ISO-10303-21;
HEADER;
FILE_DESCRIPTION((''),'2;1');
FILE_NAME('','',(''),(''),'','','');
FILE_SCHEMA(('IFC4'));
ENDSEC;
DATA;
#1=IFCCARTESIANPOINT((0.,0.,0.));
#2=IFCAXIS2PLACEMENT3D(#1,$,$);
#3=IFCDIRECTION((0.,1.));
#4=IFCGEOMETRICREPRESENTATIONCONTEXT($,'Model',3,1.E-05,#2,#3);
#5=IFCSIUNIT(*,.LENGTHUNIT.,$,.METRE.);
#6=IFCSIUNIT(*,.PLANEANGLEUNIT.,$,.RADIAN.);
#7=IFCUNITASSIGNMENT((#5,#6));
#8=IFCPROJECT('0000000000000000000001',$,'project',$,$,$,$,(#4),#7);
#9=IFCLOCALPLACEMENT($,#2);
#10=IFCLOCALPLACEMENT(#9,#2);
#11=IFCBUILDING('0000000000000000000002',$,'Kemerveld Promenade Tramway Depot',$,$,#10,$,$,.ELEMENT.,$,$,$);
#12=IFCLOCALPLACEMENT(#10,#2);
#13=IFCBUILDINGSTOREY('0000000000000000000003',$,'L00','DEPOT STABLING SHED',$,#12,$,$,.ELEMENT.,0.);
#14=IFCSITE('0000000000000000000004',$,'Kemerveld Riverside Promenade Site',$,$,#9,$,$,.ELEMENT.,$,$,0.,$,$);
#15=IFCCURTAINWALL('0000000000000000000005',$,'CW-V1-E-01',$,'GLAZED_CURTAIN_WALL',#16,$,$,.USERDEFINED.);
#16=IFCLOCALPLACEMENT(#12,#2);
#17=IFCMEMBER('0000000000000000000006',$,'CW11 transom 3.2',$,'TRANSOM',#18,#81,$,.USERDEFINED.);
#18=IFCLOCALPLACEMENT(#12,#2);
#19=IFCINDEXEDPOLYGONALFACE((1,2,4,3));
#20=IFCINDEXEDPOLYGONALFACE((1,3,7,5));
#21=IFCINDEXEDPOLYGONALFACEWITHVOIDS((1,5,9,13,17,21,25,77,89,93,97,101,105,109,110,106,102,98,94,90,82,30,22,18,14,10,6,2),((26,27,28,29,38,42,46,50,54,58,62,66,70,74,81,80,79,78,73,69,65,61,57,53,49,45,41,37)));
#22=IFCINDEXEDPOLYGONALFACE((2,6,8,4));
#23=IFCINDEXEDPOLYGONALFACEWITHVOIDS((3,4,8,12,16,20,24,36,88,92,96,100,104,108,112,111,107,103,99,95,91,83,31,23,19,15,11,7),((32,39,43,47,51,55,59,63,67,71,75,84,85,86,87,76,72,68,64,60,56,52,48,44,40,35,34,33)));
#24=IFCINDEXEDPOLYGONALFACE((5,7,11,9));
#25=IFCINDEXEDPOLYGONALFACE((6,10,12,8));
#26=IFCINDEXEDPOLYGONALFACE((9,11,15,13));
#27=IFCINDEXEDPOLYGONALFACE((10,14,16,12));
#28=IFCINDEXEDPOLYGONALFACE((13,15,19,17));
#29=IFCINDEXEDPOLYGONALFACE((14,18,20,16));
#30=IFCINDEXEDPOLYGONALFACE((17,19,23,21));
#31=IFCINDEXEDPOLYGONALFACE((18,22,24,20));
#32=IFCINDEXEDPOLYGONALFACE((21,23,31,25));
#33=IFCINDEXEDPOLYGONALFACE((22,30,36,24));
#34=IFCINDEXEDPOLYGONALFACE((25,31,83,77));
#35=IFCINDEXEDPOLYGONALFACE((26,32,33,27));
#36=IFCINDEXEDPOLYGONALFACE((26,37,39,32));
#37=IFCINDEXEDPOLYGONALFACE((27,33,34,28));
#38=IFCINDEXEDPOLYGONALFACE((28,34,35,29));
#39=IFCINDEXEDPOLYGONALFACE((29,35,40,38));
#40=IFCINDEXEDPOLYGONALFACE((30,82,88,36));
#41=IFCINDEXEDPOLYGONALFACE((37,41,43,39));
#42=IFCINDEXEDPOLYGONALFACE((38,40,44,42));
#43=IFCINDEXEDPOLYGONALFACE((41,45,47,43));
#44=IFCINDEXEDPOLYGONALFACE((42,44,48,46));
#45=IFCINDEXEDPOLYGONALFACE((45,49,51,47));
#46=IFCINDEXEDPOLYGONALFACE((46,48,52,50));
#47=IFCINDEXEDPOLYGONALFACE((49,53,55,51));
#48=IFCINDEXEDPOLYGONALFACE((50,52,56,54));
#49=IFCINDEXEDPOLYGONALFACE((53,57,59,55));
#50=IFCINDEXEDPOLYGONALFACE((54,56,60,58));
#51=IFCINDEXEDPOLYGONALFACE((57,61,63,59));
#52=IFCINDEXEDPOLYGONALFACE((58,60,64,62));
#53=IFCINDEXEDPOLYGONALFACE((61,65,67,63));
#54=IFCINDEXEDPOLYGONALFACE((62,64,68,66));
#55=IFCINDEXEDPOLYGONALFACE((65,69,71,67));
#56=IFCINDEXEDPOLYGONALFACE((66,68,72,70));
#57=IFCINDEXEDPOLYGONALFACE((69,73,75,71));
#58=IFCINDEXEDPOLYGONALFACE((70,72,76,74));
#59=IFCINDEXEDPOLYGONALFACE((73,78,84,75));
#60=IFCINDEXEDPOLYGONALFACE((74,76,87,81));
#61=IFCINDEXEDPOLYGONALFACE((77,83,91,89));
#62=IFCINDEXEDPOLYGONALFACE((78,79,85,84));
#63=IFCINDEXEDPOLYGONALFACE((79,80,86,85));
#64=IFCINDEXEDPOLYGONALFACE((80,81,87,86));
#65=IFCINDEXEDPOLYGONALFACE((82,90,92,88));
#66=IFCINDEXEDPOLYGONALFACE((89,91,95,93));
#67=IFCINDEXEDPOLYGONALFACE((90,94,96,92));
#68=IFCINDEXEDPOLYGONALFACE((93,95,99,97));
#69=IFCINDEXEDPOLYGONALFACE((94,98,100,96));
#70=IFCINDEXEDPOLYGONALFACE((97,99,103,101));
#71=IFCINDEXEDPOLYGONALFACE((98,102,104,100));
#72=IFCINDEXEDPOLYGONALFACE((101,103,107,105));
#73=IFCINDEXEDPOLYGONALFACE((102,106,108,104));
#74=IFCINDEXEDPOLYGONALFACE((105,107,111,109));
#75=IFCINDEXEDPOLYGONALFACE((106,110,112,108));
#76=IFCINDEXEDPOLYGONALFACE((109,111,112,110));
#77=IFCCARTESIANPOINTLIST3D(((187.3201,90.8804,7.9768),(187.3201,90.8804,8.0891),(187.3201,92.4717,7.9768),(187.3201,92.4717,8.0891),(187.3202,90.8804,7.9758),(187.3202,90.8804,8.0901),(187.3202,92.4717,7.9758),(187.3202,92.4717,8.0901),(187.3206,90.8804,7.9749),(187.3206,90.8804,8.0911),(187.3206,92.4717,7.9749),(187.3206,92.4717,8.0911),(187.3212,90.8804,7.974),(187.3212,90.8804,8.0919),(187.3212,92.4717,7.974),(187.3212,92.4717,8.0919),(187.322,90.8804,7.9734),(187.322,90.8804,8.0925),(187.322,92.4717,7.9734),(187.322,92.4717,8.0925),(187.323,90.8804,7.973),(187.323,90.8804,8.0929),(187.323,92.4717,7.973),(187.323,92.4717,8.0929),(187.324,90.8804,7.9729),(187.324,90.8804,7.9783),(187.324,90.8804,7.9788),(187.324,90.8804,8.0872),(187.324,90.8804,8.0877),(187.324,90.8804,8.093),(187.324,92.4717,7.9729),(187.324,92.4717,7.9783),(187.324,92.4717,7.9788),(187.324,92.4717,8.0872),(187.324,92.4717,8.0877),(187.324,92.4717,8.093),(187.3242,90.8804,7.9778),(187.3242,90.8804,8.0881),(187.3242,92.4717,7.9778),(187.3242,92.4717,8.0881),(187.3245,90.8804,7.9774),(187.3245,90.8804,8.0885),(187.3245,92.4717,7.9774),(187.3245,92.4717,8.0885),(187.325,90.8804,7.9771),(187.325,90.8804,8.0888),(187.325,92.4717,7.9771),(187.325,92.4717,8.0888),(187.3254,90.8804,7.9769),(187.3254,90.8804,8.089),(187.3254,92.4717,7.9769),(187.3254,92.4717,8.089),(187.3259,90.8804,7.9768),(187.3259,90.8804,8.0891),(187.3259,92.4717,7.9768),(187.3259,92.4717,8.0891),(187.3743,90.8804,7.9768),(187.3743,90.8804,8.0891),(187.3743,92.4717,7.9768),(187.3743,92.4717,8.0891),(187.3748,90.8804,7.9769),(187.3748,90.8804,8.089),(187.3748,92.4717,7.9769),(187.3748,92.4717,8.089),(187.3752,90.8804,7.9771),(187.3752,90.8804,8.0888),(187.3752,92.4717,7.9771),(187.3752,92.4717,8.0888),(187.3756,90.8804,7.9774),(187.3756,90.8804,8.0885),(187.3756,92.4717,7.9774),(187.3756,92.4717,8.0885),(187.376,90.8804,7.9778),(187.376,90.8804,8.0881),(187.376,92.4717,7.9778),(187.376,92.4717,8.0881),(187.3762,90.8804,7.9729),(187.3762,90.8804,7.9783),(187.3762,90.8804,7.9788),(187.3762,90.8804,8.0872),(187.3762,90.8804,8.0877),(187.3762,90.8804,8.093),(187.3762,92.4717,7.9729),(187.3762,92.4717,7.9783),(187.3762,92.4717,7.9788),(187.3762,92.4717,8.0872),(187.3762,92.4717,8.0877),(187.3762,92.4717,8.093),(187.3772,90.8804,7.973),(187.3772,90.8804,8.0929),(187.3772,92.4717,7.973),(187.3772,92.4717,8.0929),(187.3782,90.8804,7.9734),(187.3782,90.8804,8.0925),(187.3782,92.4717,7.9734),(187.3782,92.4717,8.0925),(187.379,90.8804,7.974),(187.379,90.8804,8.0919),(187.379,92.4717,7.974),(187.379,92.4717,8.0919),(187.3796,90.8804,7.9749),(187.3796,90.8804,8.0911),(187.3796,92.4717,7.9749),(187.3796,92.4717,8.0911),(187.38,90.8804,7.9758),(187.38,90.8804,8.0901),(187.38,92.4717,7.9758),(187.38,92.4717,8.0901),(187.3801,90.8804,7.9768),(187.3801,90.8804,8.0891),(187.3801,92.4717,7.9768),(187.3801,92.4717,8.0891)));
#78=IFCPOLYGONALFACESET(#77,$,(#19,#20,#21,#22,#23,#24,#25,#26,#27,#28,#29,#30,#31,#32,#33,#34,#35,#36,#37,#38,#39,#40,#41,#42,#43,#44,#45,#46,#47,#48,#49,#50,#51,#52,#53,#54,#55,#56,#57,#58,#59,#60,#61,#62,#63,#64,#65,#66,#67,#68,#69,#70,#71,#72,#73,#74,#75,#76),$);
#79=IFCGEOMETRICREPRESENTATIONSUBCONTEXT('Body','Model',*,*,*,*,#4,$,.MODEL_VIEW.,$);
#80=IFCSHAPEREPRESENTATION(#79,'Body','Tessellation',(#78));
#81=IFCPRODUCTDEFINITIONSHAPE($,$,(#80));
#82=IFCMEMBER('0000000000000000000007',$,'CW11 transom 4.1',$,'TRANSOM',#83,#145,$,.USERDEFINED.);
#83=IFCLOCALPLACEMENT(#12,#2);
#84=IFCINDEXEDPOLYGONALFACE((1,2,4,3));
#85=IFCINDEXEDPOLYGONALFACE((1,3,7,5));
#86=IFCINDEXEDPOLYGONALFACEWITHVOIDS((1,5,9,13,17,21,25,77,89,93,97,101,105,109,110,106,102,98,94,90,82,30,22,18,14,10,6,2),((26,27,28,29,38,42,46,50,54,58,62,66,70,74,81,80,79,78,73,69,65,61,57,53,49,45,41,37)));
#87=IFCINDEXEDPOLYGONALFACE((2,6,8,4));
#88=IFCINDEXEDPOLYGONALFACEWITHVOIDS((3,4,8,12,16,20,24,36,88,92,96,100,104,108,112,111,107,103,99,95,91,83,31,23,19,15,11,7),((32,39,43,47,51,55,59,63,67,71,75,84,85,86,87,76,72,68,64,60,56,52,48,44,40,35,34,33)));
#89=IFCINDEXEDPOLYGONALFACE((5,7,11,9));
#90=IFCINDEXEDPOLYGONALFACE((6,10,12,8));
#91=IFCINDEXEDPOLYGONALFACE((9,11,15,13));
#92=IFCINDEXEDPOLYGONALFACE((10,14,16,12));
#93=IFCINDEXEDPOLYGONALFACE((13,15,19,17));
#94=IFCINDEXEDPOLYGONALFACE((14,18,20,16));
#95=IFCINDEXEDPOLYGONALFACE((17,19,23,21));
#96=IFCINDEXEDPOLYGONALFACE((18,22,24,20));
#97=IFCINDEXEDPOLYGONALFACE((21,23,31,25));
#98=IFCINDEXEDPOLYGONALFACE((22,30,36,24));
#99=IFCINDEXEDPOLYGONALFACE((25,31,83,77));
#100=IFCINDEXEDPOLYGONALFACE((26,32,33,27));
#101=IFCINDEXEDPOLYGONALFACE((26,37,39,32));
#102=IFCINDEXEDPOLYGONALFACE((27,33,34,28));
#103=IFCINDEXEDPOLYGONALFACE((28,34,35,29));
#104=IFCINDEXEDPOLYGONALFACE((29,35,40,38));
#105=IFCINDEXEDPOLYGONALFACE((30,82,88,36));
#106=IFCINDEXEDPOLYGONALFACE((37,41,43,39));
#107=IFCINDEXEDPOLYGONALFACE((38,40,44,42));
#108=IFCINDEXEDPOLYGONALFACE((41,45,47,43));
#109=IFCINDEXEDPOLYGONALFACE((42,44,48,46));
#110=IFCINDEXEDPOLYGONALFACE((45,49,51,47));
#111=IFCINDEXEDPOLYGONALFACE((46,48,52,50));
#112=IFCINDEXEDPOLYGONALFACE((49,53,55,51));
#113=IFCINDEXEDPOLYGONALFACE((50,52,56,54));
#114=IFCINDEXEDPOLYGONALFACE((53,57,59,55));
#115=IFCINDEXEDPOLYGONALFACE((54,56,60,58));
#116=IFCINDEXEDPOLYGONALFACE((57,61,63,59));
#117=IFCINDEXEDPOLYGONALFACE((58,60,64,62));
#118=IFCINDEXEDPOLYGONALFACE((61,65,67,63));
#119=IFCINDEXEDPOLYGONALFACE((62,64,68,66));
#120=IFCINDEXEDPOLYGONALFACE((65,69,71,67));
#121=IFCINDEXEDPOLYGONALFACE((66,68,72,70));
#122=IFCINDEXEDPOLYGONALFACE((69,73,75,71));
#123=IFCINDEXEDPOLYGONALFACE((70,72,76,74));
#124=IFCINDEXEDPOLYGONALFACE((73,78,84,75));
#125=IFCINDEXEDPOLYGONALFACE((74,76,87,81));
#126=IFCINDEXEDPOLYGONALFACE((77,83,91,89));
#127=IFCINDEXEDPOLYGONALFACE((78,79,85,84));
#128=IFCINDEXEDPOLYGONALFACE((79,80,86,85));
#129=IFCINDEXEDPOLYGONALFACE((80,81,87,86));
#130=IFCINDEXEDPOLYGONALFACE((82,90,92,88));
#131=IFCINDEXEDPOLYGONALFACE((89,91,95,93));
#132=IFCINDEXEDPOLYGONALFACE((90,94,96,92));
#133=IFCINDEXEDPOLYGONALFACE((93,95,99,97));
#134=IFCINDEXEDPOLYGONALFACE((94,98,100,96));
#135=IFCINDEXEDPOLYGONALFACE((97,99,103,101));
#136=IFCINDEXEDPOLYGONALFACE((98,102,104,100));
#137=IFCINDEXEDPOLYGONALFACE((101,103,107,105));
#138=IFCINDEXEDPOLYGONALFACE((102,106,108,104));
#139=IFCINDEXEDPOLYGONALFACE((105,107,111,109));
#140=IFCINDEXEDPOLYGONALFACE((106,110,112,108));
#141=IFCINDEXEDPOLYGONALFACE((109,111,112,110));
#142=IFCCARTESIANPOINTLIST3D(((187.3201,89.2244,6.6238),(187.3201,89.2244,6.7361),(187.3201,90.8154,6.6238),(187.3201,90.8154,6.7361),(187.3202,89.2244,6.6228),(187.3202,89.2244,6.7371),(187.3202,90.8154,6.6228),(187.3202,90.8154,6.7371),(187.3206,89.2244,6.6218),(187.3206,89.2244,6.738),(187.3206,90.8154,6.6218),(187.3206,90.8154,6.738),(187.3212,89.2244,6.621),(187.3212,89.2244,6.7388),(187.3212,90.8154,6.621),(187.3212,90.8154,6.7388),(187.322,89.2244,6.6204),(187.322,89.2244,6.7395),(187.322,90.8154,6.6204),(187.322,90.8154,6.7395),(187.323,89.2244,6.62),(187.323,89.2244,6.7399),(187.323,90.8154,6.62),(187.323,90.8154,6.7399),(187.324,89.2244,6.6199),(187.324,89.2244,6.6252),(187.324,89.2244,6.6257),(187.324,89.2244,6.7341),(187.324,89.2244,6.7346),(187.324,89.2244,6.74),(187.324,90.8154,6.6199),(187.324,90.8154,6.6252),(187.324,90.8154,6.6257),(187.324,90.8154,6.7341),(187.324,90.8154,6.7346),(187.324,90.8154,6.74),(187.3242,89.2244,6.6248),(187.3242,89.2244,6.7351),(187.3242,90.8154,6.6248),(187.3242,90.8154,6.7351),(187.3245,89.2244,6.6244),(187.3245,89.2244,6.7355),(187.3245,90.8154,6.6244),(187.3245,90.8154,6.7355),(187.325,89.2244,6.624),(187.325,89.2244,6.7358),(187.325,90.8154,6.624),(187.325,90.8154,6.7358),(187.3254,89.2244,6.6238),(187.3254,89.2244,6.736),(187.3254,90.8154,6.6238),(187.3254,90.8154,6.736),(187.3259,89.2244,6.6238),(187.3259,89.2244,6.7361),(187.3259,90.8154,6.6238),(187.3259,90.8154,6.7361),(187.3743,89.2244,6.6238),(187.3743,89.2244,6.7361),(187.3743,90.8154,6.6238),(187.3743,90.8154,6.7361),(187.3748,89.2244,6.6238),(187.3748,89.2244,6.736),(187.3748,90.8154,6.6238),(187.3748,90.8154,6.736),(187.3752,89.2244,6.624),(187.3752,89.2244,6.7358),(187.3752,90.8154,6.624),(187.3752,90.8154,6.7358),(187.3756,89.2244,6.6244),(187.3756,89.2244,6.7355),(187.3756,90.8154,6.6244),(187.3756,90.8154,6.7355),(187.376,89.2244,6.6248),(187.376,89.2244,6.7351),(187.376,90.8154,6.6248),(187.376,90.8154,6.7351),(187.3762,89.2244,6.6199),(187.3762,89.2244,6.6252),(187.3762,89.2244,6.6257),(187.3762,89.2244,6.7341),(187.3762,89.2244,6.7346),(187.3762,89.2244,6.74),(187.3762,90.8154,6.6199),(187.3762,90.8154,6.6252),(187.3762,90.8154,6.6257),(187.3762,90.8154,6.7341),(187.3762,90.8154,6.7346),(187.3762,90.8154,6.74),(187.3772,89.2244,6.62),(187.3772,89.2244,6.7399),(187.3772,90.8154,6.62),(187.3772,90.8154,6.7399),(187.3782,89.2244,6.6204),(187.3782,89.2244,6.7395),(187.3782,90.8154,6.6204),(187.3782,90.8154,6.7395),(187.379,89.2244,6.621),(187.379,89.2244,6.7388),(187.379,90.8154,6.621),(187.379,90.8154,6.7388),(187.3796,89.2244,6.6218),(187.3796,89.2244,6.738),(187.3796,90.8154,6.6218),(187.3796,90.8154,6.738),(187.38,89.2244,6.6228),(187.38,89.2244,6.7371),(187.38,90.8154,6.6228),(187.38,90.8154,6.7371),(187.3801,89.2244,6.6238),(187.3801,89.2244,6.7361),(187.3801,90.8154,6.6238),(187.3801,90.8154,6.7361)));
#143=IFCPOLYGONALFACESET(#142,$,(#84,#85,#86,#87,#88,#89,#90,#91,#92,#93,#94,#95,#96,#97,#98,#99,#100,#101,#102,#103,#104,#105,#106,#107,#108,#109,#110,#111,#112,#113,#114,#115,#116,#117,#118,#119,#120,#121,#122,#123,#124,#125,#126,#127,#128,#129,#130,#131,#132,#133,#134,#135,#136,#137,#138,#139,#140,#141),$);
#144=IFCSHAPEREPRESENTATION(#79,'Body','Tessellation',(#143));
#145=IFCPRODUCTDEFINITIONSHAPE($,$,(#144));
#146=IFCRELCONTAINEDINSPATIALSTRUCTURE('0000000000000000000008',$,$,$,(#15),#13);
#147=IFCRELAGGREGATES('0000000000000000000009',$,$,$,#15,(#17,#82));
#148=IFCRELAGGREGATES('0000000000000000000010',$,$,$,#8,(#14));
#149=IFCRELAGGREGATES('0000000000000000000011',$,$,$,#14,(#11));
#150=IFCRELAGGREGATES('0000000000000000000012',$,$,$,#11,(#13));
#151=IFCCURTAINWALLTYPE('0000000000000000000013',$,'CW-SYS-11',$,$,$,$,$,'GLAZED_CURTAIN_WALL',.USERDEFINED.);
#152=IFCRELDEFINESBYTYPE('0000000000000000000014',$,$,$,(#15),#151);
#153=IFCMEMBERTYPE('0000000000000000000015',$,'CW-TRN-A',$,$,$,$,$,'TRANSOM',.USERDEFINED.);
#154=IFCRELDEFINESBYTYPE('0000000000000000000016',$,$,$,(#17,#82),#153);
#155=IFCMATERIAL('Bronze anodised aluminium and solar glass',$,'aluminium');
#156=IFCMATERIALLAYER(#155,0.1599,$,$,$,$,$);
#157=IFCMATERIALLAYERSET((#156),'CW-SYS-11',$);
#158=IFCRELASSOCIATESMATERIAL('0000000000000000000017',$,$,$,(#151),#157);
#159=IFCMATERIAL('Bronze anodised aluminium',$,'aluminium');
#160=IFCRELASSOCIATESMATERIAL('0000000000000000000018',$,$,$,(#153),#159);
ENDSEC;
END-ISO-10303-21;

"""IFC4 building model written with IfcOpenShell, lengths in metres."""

from ifc_helpers import new_model, si_unit, direction, frame, origin, origin_2d, place, context, subcontext, project, spatial, hollow_rectangle, extrude, material, layer, layer_set, material_profile, profile_set, type_object, element, aggregate, save


model = new_model("IFC4")

# Units and contexts
model_context = context("Model", 3, precision=1e-05, world=origin(), true_north=direction((0.0, 1.0)))
body_context = subcontext(model_context, "Body", "Model", "MODEL_VIEW")
ifc_project = project(units=[si_unit("LENGTHUNIT", "METRE"), si_unit("PLANEANGLEUNIT", "RADIAN")], contexts=[model_context])

# Site, building, storey
site_placement = place(None, origin())
site = spatial("IfcSite", under=ifc_project, at=site_placement, Name="Kemerveld Riverside Promenade Site", CompositionType="ELEMENT", RefElevation=0.0)
building_placement = place(site_placement, origin())
building = spatial("IfcBuilding", under=site, at=building_placement, Name="Kemerveld Promenade Tramway Depot", CompositionType="ELEMENT")
storey_placement = place(building_placement, origin())
storey = spatial("IfcBuildingStorey", under=building, at=storey_placement, Name="L00", Description="DEPOT STABLING SHED", CompositionType="ELEMENT", Elevation=0.0)

# Curtain wall, members
ifc_material_1 = material(Name="Bronze anodised aluminium and solar glass", Category="aluminium")
ifc_layer_1 = layer(ifc_material_1, 0.1599)
ifc_layer_set_1 = layer_set([ifc_layer_1], Name="CW-SYS-11")
curtain_wall_type = type_object("IfcCurtainWallType", Name="CW-SYS-11", ElementType="GLAZED_CURTAIN_WALL", PredefinedType="USERDEFINED", material=ifc_layer_set_1)
curtain_wall_placement = place(storey_placement, origin())
curtain_wall = element("IfcCurtainWall", 1, at=curtain_wall_placement, inside=storey, type_object=curtain_wall_type, Name="CW-V1-E-01", ObjectType="GLAZED_CURTAIN_WALL", PredefinedType="USERDEFINED")
ifc_material_2 = material(Name="Bronze anodised aluminium", Category="aluminium")
ifc_material_profile_1 = material_profile(ifc_material_2, hollow_rectangle(XDim=0.0601, YDim=0.1201, WallThickness=0.0039, InnerFilletRadius=0.002, OuterFilletRadius=0.0039, at=origin_2d()), Name="CW-TRN-120x60")
ifc_profile_set_1 = profile_set([ifc_material_profile_1], Name="Bronze anodised aluminium")
member_type_1 = type_object("IfcMemberType", Name="CW-TRN-A", ElementType="TRANSOM", PredefinedType="USERDEFINED", material=ifc_profile_set_1)
member_1_placement = place(storey_placement, frame((187.3501, 92.4717, 8.033), z_axis=(0.0, -1.0, 0.0), x_axis=(1.0, 0.0, 0.0)))
member_1 = element("IfcMember", 2, at=member_1_placement, type_object=member_type_1, Name="CW11 transom 3.2", ObjectType="TRANSOM", PredefinedType="USERDEFINED", context=body_context, shape_type="SweptSolid", body=[
    extrude(hollow_rectangle(XDim=0.0601, YDim=0.1201, WallThickness=0.0039, InnerFilletRadius=0.002, OuterFilletRadius=0.0039, at=origin_2d()), origin(), (0.0, 0.0, 1.0), 1.5913),
])
member_2_placement = place(storey_placement, frame((187.3501, 90.8154, 6.6799), z_axis=(0.0, -1.0, 0.0), x_axis=(1.0, 0.0, 0.0)))
member_2 = element("IfcMember", 3, at=member_2_placement, type_object=member_type_1, Name="CW11 transom 4.1", ObjectType="TRANSOM", PredefinedType="USERDEFINED", context=body_context, shape_type="SweptSolid", body=[
    extrude(hollow_rectangle(XDim=0.0601, YDim=0.1201, WallThickness=0.0039, InnerFilletRadius=0.002, OuterFilletRadius=0.0039, at=origin_2d()), origin(), (0.0, 0.0, 1.0), 1.5911),
])
aggregate(curtain_wall, [member_1, member_2])

save(model, "model.ifc")
